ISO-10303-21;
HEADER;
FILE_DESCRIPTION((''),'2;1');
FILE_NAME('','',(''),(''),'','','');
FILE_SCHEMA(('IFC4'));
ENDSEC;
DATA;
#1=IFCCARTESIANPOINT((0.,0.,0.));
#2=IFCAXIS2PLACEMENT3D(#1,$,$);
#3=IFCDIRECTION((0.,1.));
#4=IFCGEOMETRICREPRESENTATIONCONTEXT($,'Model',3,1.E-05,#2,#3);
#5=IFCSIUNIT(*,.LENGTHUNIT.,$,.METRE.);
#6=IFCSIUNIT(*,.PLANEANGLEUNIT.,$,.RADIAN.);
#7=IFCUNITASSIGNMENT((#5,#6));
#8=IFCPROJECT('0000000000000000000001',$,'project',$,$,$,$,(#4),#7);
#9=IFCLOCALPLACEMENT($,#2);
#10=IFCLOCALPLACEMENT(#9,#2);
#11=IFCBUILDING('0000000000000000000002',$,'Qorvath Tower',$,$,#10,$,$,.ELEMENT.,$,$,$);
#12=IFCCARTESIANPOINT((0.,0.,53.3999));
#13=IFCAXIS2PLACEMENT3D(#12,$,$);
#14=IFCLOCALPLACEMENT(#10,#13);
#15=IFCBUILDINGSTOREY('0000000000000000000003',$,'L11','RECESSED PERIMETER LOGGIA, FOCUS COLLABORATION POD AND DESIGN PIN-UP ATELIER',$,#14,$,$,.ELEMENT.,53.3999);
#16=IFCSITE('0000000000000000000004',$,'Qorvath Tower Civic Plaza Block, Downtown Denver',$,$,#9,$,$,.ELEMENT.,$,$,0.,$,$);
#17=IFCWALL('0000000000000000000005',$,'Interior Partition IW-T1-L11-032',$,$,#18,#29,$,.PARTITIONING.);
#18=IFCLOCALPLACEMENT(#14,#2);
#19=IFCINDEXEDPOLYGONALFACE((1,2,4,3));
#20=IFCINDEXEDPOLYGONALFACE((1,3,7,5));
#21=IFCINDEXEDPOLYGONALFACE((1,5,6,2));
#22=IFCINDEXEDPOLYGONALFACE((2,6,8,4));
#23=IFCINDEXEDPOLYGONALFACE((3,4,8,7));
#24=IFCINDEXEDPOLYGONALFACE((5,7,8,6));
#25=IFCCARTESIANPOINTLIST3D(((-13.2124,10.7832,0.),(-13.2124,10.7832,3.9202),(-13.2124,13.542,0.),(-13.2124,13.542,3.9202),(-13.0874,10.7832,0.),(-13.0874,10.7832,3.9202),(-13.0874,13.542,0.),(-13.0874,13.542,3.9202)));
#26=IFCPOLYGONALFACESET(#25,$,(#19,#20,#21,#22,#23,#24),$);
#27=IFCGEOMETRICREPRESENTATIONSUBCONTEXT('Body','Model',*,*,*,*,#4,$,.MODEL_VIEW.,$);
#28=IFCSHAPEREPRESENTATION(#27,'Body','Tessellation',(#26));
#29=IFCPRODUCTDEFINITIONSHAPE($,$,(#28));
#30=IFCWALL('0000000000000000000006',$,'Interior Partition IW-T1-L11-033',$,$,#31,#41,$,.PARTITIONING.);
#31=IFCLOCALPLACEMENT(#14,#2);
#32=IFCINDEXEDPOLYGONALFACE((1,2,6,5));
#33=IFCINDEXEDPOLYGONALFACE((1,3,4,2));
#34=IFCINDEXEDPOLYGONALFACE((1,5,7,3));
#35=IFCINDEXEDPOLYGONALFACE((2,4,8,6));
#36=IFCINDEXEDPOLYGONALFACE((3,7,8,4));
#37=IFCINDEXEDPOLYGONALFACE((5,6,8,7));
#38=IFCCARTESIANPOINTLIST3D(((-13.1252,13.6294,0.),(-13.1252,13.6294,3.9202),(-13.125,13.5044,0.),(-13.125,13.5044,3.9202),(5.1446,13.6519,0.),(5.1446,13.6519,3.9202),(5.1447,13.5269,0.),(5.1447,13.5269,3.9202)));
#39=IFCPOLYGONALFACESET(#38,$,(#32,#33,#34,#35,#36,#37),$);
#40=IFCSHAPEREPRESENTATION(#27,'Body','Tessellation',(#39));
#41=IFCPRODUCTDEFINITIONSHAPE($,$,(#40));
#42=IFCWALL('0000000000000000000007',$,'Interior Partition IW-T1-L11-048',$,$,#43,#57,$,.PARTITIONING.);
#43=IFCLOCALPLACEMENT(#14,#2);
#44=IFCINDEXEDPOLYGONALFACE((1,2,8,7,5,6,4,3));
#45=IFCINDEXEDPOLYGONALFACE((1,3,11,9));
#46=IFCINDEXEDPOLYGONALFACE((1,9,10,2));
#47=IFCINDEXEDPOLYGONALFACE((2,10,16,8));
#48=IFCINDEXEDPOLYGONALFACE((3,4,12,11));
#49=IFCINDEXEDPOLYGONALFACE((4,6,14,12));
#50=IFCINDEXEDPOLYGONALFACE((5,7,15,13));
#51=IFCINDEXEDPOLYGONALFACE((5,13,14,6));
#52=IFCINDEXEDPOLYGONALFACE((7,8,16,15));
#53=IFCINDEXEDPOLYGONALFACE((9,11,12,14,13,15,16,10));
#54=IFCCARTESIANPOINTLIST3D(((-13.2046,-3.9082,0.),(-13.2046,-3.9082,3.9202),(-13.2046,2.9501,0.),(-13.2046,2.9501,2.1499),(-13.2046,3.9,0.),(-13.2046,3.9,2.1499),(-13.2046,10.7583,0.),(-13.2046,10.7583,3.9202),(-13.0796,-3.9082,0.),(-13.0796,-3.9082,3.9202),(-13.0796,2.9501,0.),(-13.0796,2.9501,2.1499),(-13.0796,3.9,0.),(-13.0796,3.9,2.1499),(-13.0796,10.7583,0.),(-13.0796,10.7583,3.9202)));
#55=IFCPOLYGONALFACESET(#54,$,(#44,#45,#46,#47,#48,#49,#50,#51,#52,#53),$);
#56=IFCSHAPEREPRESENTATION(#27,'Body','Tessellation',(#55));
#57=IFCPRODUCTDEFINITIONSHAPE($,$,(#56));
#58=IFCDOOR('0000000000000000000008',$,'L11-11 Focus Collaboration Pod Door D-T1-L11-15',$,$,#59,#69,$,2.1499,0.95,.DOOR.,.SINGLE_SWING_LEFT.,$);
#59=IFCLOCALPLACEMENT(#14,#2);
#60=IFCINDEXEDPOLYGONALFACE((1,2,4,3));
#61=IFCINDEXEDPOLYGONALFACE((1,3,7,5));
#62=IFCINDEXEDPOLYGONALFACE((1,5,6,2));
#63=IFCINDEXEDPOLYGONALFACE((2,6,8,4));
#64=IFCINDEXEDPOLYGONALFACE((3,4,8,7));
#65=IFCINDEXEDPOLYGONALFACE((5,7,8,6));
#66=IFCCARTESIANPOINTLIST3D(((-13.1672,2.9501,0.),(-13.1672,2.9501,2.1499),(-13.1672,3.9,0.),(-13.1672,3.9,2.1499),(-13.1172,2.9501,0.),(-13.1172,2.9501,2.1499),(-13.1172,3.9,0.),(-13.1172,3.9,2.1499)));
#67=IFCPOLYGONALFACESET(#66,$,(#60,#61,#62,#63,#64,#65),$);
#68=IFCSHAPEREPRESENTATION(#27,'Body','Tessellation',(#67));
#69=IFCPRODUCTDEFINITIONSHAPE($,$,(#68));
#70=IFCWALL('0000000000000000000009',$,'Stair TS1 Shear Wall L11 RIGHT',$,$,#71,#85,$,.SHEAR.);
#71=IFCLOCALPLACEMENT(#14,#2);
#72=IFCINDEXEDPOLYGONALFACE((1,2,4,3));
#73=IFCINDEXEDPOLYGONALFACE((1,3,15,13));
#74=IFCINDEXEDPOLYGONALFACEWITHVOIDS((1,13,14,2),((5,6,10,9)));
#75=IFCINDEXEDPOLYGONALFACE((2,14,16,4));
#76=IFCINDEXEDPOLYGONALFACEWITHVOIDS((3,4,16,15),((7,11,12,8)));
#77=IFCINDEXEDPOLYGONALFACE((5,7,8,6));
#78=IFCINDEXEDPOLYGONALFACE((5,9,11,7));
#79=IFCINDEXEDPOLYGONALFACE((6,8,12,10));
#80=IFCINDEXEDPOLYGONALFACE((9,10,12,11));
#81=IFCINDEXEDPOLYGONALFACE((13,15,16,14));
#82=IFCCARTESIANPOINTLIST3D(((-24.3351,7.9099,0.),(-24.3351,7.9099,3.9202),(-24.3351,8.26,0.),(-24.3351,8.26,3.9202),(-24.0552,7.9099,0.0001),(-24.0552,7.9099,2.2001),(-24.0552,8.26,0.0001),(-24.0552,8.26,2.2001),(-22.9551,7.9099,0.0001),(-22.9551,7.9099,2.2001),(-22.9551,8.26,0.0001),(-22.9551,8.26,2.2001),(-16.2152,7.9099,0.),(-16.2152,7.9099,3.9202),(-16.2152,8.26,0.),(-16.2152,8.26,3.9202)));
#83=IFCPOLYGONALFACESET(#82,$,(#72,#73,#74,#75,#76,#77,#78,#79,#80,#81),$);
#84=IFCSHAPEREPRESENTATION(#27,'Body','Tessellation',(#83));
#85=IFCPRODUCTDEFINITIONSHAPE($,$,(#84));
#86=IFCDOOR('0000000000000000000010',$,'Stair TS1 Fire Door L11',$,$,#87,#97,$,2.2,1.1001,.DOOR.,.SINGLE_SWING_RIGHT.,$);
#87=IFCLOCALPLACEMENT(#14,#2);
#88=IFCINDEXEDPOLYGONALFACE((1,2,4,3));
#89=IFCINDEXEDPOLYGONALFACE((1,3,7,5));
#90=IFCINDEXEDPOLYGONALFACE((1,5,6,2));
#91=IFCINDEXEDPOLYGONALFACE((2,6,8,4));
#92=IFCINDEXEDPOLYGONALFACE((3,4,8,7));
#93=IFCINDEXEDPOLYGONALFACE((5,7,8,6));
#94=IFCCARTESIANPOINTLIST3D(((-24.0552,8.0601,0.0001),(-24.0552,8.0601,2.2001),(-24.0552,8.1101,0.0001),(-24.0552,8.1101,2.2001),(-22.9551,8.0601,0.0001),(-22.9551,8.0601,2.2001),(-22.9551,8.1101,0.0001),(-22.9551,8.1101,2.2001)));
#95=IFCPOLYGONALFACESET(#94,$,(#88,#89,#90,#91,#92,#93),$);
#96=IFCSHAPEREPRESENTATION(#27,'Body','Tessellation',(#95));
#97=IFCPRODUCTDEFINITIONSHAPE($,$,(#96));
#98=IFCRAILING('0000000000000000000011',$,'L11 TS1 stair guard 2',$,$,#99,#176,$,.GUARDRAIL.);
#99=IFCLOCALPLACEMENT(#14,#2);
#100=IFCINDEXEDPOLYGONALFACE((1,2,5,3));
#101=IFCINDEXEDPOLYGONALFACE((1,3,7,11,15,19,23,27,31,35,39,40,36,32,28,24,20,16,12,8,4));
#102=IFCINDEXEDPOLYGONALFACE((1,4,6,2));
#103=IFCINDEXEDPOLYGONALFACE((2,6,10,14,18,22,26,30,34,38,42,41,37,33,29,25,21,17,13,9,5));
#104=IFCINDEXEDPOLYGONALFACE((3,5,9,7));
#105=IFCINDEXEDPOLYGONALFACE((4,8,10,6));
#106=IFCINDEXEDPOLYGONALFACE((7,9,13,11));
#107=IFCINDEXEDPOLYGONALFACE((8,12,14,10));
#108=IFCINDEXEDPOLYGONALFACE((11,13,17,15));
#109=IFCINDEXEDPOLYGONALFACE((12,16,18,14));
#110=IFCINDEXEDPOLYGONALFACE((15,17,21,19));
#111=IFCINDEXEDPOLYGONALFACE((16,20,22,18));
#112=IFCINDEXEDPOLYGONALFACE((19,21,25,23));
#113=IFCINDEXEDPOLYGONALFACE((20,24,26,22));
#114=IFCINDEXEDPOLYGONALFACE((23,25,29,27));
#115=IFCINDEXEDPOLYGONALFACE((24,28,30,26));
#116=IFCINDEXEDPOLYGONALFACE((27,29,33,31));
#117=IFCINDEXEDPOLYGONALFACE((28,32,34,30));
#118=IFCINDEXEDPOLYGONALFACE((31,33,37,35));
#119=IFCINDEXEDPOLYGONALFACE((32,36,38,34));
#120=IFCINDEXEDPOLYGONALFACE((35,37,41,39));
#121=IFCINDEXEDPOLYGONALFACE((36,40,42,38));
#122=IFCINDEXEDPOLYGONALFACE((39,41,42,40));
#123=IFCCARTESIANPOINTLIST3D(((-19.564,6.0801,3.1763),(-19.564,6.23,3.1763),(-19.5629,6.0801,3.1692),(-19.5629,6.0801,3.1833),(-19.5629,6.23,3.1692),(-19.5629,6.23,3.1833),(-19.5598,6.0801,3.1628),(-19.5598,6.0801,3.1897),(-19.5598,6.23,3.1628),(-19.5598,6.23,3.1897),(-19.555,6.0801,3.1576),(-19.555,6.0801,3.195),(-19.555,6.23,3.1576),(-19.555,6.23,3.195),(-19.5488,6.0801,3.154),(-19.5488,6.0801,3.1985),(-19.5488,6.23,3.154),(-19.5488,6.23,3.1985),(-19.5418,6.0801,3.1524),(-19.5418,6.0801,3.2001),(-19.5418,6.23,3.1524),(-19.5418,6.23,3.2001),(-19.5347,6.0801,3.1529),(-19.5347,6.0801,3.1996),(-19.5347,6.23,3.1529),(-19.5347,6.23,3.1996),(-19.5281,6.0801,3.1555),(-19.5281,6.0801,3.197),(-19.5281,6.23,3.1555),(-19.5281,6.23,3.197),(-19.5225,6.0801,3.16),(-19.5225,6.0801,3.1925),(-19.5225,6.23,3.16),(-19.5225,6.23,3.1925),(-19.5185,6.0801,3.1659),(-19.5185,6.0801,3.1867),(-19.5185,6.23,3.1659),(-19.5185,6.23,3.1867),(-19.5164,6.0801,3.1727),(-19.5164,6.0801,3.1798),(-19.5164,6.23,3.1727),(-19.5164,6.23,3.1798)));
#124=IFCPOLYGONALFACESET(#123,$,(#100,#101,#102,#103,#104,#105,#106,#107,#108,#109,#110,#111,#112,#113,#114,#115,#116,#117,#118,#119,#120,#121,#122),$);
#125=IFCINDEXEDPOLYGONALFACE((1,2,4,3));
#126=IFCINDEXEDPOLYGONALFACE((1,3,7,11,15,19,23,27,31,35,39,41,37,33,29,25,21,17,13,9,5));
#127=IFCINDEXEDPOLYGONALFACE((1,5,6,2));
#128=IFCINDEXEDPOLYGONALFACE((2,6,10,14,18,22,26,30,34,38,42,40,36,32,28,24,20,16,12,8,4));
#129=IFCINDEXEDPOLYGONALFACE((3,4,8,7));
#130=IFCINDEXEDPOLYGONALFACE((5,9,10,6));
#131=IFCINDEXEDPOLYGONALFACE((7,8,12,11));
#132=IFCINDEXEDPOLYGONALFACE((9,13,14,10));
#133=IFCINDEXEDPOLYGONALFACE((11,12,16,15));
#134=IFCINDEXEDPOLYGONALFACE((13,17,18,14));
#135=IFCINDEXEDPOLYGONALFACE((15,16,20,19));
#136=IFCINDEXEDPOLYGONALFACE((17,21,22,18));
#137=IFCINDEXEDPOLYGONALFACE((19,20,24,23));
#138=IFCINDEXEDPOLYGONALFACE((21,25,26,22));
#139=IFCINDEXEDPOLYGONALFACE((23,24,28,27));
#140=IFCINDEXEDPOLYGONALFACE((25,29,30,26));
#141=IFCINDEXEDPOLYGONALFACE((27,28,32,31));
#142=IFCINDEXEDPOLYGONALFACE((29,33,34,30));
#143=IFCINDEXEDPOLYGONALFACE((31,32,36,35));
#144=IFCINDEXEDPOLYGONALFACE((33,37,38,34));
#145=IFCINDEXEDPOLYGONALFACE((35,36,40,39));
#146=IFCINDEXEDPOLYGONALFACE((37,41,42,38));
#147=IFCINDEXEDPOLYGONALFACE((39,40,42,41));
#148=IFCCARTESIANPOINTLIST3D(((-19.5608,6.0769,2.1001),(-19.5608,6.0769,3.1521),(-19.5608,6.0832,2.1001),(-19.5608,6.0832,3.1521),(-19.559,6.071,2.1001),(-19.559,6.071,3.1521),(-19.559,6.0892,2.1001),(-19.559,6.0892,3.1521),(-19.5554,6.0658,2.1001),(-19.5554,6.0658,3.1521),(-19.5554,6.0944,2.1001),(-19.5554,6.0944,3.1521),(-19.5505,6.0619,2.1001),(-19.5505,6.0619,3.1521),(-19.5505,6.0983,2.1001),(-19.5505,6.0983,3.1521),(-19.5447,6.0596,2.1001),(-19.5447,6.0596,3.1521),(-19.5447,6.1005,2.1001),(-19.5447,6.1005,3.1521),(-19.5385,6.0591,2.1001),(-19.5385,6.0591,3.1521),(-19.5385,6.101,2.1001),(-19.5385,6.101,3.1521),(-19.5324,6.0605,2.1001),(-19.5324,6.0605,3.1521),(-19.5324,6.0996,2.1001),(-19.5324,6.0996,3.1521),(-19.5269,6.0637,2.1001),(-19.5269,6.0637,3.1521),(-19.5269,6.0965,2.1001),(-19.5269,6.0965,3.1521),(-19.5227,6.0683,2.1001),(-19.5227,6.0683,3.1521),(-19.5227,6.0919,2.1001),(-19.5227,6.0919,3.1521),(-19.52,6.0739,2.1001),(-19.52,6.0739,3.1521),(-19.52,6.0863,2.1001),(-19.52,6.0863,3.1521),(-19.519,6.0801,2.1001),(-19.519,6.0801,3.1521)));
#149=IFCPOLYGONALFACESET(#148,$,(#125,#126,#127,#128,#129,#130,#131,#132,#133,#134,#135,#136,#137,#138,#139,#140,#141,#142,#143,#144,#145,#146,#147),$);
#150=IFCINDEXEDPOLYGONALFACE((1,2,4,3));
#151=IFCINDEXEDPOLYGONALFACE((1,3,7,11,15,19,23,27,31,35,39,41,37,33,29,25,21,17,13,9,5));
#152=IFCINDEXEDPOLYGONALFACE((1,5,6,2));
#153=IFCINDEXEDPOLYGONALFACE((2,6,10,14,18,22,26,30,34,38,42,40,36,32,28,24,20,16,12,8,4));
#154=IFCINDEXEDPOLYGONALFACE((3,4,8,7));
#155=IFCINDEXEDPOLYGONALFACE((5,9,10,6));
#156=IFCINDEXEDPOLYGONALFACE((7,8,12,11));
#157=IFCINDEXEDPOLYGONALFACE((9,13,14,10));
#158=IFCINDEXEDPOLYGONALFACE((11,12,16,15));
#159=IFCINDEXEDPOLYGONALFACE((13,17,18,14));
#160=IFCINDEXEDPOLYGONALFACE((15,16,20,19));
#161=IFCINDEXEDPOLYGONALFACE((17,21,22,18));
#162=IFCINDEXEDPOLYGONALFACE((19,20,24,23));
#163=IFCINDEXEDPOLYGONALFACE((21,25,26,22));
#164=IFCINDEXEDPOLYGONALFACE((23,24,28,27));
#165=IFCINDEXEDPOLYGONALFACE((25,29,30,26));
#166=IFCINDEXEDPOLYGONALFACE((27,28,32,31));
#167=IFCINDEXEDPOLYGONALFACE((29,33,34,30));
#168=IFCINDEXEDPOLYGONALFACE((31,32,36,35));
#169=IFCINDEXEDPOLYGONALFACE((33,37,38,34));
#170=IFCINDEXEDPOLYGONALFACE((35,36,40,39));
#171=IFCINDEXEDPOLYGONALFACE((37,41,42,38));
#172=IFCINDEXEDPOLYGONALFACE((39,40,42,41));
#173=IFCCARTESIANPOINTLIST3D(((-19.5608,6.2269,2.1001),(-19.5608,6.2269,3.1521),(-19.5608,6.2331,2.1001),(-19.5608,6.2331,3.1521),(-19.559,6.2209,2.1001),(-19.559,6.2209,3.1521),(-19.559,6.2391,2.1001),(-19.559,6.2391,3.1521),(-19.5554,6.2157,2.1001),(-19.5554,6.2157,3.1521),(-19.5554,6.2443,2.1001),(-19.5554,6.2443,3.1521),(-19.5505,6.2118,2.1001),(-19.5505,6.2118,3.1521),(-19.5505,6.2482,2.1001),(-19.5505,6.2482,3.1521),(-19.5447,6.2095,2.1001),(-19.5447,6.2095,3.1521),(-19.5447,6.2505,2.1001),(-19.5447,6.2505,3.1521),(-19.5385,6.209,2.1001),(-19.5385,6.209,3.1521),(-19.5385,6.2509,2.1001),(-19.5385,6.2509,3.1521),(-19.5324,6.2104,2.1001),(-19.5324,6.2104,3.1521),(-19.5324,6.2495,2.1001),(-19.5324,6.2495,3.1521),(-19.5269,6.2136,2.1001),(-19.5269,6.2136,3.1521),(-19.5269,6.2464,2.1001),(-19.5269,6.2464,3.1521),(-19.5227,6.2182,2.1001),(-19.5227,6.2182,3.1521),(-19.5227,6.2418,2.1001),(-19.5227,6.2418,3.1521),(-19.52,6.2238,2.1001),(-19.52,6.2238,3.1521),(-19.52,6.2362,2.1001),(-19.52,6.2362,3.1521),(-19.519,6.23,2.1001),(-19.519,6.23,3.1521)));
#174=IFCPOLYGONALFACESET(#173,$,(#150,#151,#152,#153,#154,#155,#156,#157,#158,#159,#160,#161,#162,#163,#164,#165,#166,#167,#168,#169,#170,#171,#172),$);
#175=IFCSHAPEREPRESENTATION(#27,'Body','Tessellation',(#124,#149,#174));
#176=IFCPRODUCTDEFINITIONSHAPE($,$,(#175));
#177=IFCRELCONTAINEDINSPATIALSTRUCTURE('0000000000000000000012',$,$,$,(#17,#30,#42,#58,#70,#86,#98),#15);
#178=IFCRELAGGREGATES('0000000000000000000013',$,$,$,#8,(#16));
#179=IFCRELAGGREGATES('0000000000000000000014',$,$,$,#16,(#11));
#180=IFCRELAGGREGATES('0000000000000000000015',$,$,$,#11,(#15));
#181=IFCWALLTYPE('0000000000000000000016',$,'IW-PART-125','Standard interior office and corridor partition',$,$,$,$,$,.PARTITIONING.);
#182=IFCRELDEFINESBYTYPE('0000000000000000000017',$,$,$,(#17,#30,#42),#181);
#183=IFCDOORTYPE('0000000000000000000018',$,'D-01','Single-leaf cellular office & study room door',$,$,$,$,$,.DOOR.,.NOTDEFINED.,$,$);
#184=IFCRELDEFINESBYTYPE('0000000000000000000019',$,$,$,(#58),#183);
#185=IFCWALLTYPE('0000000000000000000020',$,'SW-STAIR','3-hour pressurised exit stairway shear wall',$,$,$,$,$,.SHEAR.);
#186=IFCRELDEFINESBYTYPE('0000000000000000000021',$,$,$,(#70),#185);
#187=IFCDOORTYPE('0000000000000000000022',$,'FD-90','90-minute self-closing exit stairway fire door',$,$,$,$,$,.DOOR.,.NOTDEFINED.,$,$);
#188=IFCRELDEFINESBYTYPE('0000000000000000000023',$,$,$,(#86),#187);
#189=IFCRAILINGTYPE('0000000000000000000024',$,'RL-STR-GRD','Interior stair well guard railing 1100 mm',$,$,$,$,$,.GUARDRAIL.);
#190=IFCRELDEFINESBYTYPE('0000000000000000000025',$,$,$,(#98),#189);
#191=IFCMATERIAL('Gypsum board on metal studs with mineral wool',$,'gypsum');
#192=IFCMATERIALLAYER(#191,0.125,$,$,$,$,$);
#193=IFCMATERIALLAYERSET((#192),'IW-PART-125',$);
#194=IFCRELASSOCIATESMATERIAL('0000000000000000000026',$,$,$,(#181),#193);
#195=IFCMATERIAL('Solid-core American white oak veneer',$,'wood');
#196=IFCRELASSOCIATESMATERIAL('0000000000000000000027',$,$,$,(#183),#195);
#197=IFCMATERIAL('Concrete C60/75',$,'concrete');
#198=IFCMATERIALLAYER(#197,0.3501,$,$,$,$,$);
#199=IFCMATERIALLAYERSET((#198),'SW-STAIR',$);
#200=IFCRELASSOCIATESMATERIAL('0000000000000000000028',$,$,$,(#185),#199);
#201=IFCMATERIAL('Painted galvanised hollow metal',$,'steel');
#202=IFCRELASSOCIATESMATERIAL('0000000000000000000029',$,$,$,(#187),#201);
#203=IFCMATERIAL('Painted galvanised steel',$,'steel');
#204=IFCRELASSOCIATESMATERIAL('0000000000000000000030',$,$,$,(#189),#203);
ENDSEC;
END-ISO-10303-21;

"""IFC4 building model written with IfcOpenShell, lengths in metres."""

from ifc_helpers import new_model, si_unit, direction, frame, frame_2d, origin, origin_2d, place, context, subcontext, project, spatial, rectangle, circle, extrude, material, layer, layer_set, type_object, element, fill, save


model = new_model("IFC4")

# Units and contexts
model_context = context("Model", 3, precision=1e-05, world=origin(), true_north=direction((0.0, 1.0)))
body_context = subcontext(model_context, "Body", "Model", "MODEL_VIEW")
ifc_project = project(units=[si_unit("LENGTHUNIT", "METRE"), si_unit("PLANEANGLEUNIT", "RADIAN")], contexts=[model_context])

# Site, building, storey
site_placement = place(None, origin())
site = spatial("IfcSite", under=ifc_project, at=site_placement, Name="Qorvath Tower Civic Plaza Block, Downtown Denver", CompositionType="ELEMENT", RefElevation=0.0)
building_placement = place(site_placement, origin())
building = spatial("IfcBuilding", under=site, at=building_placement, Name="Qorvath Tower", CompositionType="ELEMENT")
storey_placement = place(building_placement, frame((0.0, 0.0, 53.3999)))
storey = spatial("IfcBuildingStorey", under=building, at=storey_placement, Name="L11", Description="RECESSED PERIMETER LOGGIA, FOCUS COLLABORATION POD AND DESIGN PIN-UP ATELIER", CompositionType="ELEMENT", Elevation=53.3999)

# Shared definitions
ifc_material_1 = material(Name="Gypsum board on metal studs with mineral wool", Category="gypsum")
ifc_layer_1 = layer(ifc_material_1, 0.125)
ifc_layer_set_1 = layer_set([ifc_layer_1], Name="IW-PART-125")
wall_type_1 = type_object("IfcWallType", Name="IW-PART-125", Description="Standard interior office and corridor partition", PredefinedType="PARTITIONING", material=ifc_layer_set_1)

# Shared definitions
ifc_material_2 = material(Name="Solid-core American white oak veneer", Category="wood")
door_type_1 = type_object("IfcDoorType", Name="D-01", Description="Single-leaf cellular office & study room door", OperationType="NOTDEFINED", PredefinedType="DOOR", material=ifc_material_2)

# Walls
wall_1_placement = place(storey_placement, frame((-13.1499, 13.542, 0.0), z_axis=(0.0, 0.0, 1.0), x_axis=(0.0, -1.0, 0.0)))
element("IfcWall", 1, at=wall_1_placement, inside=storey, type_object=wall_type_1, Name="Interior Partition IW-T1-L11-032", PredefinedType="PARTITIONING", context=body_context, shape_type="SweptSolid", body=[
    extrude(rectangle(XDim=2.7588, YDim=0.125, at=frame_2d((1.3794, 0.0))), origin(), (0.0, 0.0, 1.0), 3.9202),
])
wall_2_placement = place(storey_placement, frame((-13.125, 13.5669, 0.0), z_axis=(0.0, 0.0, 1.0), x_axis=(0.999999, 0.001229, 0.0)))
element("IfcWall", 2, at=wall_2_placement, inside=storey, type_object=wall_type_1, Name="Interior Partition IW-T1-L11-033", PredefinedType="PARTITIONING", context=body_context, shape_type="SweptSolid", body=[
    extrude(rectangle(XDim=18.2698, YDim=0.125, at=frame_2d((9.1348, 0.0))), origin(), (0.0, 0.0, 1.0), 3.9202),
])

# Walls, openings, doors
wall_3_placement = place(storey_placement, frame((-13.1421, 10.7583, 0.0), z_axis=(0.0, 0.0, 1.0), x_axis=(0.0, -1.0, 0.0)))
wall_3 = element("IfcWall", 3, at=wall_3_placement, inside=storey, type_object=wall_type_1, Name="Interior Partition IW-T1-L11-048", PredefinedType="PARTITIONING", context=body_context, shape_type="SweptSolid", body=[
    extrude(rectangle(XDim=14.6665, YDim=0.125, at=frame_2d((7.3333, 0.0))), origin(), (0.0, 0.0, 1.0), 3.9202),
])
opening_1_placement = place(wall_3_placement, frame((6.8582, 0.0, 0.0)))
opening_1 = element("IfcOpeningElement", 4, at=opening_1_placement, cuts=wall_3, PredefinedType="OPENING", context=body_context, shape_type="SweptSolid", body=[
    extrude(rectangle(XDim=0.95, YDim=2.1499, at=frame_2d((0.4751, 1.075))), frame((0.0, 0.0725, 0.0), z_axis=(0.0, -1.0, 0.0), x_axis=(1.0, 0.0, 0.0)), (0.0, 0.0, 1.0), 0.145),
])
door_1_placement = place(opening_1_placement, origin())
door_1 = element("IfcDoor", 5, at=door_1_placement, inside=storey, type_object=door_type_1, Name="L11-11 Focus Collaboration Pod Door D-T1-L11-15", OperationType="SINGLE_SWING_LEFT", OverallHeight=2.1499, OverallWidth=0.95, PredefinedType="DOOR", context=body_context, shape_type="SweptSolid", body=[
    extrude(rectangle(XDim=0.95, YDim=2.1499, at=frame_2d((0.4751, 1.075))), frame((0.0, 0.0249, 0.0), z_axis=(0.0, -1.0, 0.0), x_axis=(1.0, 0.0, 0.0)), (0.0, 0.0, 1.0), 0.05),
])
fill(opening_1, door_1)
ifc_material_3 = material(Name="Concrete C60/75", Category="concrete")
ifc_layer_2 = layer(ifc_material_3, 0.3501)
ifc_layer_set_2 = layer_set([ifc_layer_2], Name="SW-STAIR")
wall_type_2 = type_object("IfcWallType", Name="SW-STAIR", Description="3-hour pressurised exit stairway shear wall", PredefinedType="SHEAR", material=ifc_layer_set_2)
wall_4_placement = place(storey_placement, frame((-16.2151, 8.085, 0.0), z_axis=(0.0, 0.0, 1.0), x_axis=(-1.0, 0.0, 0.0)))
wall_4 = element("IfcWall", 6, at=wall_4_placement, inside=storey, type_object=wall_type_2, Name="Stair TS1 Shear Wall L11 RIGHT", PredefinedType="SHEAR", context=body_context, shape_type="SweptSolid", body=[
    extrude(rectangle(XDim=8.1199, YDim=0.3501, at=frame_2d((4.0601, 0.0))), origin(), (0.0, 0.0, 1.0), 3.9202),
])
opening_2_placement = place(wall_4_placement, frame((6.74, 0.0, 0.0)))
opening_2 = element("IfcOpeningElement", 7, at=opening_2_placement, cuts=wall_4, PredefinedType="OPENING", context=body_context, shape_type="SweptSolid", body=[
    extrude(rectangle(XDim=1.1001, YDim=2.2, at=frame_2d((0.55, 1.1001))), frame((0.0, 0.1851, 0.0), z_axis=(0.0, -1.0, 0.0), x_axis=(1.0, 0.0, 0.0)), (0.0, 0.0, 1.0), 0.3701),
])
ifc_material_4 = material(Name="Painted galvanised hollow metal", Category="steel")
door_type_2 = type_object("IfcDoorType", Name="FD-90", Description="90-minute self-closing exit stairway fire door", OperationType="NOTDEFINED", PredefinedType="DOOR", material=ifc_material_4)
door_2_placement = place(opening_2_placement, origin())
door_2 = element("IfcDoor", 8, at=door_2_placement, inside=storey, type_object=door_type_2, Name="Stair TS1 Fire Door L11", OperationType="SINGLE_SWING_RIGHT", OverallHeight=2.2, OverallWidth=1.1001, PredefinedType="DOOR", context=body_context, shape_type="SweptSolid", body=[
    extrude(rectangle(XDim=1.1001, YDim=2.2, at=frame_2d((0.55, 1.1001))), frame((0.0, 0.0249, 0.0), z_axis=(0.0, -1.0, 0.0), x_axis=(1.0, 0.0, 0.0)), (0.0, 0.0, 1.0), 0.05),
])
fill(opening_2, door_2)

# Railing
ifc_material_5 = material(Name="Painted galvanised steel", Category="steel")
railing_type_1 = type_object("IfcRailingType", Name="RL-STR-GRD", Description="Interior stair well guard railing 1100 mm", PredefinedType="GUARDRAIL", material=ifc_material_5)
railing_1_placement = place(storey_placement, frame((-19.54, 6.0801, 2.1001)))
element("IfcRailing", 9, at=railing_1_placement, inside=storey, type_object=railing_type_1, Name="L11 TS1 stair guard 2", PredefinedType="GUARDRAIL", context=body_context, shape_type="SweptSolid", body=[
    extrude(circle(Radius=0.0239, at=origin_2d()), frame((0.0, 0.0, 1.0762), z_axis=(0.0, 1.0, 0.0), x_axis=(-1.0, 0.0, 0.0)), (0.0, 0.0, 1.0), 0.1499),
    extrude(circle(Radius=0.021, at=origin_2d()), origin(), (0.0, 0.0, 1.0), 1.052),
    extrude(circle(Radius=0.021, at=origin_2d()), frame((0.0, 0.1499, 0.0)), (0.0, 0.0, 1.0), 1.052),
])

save(model, "model.ifc")
